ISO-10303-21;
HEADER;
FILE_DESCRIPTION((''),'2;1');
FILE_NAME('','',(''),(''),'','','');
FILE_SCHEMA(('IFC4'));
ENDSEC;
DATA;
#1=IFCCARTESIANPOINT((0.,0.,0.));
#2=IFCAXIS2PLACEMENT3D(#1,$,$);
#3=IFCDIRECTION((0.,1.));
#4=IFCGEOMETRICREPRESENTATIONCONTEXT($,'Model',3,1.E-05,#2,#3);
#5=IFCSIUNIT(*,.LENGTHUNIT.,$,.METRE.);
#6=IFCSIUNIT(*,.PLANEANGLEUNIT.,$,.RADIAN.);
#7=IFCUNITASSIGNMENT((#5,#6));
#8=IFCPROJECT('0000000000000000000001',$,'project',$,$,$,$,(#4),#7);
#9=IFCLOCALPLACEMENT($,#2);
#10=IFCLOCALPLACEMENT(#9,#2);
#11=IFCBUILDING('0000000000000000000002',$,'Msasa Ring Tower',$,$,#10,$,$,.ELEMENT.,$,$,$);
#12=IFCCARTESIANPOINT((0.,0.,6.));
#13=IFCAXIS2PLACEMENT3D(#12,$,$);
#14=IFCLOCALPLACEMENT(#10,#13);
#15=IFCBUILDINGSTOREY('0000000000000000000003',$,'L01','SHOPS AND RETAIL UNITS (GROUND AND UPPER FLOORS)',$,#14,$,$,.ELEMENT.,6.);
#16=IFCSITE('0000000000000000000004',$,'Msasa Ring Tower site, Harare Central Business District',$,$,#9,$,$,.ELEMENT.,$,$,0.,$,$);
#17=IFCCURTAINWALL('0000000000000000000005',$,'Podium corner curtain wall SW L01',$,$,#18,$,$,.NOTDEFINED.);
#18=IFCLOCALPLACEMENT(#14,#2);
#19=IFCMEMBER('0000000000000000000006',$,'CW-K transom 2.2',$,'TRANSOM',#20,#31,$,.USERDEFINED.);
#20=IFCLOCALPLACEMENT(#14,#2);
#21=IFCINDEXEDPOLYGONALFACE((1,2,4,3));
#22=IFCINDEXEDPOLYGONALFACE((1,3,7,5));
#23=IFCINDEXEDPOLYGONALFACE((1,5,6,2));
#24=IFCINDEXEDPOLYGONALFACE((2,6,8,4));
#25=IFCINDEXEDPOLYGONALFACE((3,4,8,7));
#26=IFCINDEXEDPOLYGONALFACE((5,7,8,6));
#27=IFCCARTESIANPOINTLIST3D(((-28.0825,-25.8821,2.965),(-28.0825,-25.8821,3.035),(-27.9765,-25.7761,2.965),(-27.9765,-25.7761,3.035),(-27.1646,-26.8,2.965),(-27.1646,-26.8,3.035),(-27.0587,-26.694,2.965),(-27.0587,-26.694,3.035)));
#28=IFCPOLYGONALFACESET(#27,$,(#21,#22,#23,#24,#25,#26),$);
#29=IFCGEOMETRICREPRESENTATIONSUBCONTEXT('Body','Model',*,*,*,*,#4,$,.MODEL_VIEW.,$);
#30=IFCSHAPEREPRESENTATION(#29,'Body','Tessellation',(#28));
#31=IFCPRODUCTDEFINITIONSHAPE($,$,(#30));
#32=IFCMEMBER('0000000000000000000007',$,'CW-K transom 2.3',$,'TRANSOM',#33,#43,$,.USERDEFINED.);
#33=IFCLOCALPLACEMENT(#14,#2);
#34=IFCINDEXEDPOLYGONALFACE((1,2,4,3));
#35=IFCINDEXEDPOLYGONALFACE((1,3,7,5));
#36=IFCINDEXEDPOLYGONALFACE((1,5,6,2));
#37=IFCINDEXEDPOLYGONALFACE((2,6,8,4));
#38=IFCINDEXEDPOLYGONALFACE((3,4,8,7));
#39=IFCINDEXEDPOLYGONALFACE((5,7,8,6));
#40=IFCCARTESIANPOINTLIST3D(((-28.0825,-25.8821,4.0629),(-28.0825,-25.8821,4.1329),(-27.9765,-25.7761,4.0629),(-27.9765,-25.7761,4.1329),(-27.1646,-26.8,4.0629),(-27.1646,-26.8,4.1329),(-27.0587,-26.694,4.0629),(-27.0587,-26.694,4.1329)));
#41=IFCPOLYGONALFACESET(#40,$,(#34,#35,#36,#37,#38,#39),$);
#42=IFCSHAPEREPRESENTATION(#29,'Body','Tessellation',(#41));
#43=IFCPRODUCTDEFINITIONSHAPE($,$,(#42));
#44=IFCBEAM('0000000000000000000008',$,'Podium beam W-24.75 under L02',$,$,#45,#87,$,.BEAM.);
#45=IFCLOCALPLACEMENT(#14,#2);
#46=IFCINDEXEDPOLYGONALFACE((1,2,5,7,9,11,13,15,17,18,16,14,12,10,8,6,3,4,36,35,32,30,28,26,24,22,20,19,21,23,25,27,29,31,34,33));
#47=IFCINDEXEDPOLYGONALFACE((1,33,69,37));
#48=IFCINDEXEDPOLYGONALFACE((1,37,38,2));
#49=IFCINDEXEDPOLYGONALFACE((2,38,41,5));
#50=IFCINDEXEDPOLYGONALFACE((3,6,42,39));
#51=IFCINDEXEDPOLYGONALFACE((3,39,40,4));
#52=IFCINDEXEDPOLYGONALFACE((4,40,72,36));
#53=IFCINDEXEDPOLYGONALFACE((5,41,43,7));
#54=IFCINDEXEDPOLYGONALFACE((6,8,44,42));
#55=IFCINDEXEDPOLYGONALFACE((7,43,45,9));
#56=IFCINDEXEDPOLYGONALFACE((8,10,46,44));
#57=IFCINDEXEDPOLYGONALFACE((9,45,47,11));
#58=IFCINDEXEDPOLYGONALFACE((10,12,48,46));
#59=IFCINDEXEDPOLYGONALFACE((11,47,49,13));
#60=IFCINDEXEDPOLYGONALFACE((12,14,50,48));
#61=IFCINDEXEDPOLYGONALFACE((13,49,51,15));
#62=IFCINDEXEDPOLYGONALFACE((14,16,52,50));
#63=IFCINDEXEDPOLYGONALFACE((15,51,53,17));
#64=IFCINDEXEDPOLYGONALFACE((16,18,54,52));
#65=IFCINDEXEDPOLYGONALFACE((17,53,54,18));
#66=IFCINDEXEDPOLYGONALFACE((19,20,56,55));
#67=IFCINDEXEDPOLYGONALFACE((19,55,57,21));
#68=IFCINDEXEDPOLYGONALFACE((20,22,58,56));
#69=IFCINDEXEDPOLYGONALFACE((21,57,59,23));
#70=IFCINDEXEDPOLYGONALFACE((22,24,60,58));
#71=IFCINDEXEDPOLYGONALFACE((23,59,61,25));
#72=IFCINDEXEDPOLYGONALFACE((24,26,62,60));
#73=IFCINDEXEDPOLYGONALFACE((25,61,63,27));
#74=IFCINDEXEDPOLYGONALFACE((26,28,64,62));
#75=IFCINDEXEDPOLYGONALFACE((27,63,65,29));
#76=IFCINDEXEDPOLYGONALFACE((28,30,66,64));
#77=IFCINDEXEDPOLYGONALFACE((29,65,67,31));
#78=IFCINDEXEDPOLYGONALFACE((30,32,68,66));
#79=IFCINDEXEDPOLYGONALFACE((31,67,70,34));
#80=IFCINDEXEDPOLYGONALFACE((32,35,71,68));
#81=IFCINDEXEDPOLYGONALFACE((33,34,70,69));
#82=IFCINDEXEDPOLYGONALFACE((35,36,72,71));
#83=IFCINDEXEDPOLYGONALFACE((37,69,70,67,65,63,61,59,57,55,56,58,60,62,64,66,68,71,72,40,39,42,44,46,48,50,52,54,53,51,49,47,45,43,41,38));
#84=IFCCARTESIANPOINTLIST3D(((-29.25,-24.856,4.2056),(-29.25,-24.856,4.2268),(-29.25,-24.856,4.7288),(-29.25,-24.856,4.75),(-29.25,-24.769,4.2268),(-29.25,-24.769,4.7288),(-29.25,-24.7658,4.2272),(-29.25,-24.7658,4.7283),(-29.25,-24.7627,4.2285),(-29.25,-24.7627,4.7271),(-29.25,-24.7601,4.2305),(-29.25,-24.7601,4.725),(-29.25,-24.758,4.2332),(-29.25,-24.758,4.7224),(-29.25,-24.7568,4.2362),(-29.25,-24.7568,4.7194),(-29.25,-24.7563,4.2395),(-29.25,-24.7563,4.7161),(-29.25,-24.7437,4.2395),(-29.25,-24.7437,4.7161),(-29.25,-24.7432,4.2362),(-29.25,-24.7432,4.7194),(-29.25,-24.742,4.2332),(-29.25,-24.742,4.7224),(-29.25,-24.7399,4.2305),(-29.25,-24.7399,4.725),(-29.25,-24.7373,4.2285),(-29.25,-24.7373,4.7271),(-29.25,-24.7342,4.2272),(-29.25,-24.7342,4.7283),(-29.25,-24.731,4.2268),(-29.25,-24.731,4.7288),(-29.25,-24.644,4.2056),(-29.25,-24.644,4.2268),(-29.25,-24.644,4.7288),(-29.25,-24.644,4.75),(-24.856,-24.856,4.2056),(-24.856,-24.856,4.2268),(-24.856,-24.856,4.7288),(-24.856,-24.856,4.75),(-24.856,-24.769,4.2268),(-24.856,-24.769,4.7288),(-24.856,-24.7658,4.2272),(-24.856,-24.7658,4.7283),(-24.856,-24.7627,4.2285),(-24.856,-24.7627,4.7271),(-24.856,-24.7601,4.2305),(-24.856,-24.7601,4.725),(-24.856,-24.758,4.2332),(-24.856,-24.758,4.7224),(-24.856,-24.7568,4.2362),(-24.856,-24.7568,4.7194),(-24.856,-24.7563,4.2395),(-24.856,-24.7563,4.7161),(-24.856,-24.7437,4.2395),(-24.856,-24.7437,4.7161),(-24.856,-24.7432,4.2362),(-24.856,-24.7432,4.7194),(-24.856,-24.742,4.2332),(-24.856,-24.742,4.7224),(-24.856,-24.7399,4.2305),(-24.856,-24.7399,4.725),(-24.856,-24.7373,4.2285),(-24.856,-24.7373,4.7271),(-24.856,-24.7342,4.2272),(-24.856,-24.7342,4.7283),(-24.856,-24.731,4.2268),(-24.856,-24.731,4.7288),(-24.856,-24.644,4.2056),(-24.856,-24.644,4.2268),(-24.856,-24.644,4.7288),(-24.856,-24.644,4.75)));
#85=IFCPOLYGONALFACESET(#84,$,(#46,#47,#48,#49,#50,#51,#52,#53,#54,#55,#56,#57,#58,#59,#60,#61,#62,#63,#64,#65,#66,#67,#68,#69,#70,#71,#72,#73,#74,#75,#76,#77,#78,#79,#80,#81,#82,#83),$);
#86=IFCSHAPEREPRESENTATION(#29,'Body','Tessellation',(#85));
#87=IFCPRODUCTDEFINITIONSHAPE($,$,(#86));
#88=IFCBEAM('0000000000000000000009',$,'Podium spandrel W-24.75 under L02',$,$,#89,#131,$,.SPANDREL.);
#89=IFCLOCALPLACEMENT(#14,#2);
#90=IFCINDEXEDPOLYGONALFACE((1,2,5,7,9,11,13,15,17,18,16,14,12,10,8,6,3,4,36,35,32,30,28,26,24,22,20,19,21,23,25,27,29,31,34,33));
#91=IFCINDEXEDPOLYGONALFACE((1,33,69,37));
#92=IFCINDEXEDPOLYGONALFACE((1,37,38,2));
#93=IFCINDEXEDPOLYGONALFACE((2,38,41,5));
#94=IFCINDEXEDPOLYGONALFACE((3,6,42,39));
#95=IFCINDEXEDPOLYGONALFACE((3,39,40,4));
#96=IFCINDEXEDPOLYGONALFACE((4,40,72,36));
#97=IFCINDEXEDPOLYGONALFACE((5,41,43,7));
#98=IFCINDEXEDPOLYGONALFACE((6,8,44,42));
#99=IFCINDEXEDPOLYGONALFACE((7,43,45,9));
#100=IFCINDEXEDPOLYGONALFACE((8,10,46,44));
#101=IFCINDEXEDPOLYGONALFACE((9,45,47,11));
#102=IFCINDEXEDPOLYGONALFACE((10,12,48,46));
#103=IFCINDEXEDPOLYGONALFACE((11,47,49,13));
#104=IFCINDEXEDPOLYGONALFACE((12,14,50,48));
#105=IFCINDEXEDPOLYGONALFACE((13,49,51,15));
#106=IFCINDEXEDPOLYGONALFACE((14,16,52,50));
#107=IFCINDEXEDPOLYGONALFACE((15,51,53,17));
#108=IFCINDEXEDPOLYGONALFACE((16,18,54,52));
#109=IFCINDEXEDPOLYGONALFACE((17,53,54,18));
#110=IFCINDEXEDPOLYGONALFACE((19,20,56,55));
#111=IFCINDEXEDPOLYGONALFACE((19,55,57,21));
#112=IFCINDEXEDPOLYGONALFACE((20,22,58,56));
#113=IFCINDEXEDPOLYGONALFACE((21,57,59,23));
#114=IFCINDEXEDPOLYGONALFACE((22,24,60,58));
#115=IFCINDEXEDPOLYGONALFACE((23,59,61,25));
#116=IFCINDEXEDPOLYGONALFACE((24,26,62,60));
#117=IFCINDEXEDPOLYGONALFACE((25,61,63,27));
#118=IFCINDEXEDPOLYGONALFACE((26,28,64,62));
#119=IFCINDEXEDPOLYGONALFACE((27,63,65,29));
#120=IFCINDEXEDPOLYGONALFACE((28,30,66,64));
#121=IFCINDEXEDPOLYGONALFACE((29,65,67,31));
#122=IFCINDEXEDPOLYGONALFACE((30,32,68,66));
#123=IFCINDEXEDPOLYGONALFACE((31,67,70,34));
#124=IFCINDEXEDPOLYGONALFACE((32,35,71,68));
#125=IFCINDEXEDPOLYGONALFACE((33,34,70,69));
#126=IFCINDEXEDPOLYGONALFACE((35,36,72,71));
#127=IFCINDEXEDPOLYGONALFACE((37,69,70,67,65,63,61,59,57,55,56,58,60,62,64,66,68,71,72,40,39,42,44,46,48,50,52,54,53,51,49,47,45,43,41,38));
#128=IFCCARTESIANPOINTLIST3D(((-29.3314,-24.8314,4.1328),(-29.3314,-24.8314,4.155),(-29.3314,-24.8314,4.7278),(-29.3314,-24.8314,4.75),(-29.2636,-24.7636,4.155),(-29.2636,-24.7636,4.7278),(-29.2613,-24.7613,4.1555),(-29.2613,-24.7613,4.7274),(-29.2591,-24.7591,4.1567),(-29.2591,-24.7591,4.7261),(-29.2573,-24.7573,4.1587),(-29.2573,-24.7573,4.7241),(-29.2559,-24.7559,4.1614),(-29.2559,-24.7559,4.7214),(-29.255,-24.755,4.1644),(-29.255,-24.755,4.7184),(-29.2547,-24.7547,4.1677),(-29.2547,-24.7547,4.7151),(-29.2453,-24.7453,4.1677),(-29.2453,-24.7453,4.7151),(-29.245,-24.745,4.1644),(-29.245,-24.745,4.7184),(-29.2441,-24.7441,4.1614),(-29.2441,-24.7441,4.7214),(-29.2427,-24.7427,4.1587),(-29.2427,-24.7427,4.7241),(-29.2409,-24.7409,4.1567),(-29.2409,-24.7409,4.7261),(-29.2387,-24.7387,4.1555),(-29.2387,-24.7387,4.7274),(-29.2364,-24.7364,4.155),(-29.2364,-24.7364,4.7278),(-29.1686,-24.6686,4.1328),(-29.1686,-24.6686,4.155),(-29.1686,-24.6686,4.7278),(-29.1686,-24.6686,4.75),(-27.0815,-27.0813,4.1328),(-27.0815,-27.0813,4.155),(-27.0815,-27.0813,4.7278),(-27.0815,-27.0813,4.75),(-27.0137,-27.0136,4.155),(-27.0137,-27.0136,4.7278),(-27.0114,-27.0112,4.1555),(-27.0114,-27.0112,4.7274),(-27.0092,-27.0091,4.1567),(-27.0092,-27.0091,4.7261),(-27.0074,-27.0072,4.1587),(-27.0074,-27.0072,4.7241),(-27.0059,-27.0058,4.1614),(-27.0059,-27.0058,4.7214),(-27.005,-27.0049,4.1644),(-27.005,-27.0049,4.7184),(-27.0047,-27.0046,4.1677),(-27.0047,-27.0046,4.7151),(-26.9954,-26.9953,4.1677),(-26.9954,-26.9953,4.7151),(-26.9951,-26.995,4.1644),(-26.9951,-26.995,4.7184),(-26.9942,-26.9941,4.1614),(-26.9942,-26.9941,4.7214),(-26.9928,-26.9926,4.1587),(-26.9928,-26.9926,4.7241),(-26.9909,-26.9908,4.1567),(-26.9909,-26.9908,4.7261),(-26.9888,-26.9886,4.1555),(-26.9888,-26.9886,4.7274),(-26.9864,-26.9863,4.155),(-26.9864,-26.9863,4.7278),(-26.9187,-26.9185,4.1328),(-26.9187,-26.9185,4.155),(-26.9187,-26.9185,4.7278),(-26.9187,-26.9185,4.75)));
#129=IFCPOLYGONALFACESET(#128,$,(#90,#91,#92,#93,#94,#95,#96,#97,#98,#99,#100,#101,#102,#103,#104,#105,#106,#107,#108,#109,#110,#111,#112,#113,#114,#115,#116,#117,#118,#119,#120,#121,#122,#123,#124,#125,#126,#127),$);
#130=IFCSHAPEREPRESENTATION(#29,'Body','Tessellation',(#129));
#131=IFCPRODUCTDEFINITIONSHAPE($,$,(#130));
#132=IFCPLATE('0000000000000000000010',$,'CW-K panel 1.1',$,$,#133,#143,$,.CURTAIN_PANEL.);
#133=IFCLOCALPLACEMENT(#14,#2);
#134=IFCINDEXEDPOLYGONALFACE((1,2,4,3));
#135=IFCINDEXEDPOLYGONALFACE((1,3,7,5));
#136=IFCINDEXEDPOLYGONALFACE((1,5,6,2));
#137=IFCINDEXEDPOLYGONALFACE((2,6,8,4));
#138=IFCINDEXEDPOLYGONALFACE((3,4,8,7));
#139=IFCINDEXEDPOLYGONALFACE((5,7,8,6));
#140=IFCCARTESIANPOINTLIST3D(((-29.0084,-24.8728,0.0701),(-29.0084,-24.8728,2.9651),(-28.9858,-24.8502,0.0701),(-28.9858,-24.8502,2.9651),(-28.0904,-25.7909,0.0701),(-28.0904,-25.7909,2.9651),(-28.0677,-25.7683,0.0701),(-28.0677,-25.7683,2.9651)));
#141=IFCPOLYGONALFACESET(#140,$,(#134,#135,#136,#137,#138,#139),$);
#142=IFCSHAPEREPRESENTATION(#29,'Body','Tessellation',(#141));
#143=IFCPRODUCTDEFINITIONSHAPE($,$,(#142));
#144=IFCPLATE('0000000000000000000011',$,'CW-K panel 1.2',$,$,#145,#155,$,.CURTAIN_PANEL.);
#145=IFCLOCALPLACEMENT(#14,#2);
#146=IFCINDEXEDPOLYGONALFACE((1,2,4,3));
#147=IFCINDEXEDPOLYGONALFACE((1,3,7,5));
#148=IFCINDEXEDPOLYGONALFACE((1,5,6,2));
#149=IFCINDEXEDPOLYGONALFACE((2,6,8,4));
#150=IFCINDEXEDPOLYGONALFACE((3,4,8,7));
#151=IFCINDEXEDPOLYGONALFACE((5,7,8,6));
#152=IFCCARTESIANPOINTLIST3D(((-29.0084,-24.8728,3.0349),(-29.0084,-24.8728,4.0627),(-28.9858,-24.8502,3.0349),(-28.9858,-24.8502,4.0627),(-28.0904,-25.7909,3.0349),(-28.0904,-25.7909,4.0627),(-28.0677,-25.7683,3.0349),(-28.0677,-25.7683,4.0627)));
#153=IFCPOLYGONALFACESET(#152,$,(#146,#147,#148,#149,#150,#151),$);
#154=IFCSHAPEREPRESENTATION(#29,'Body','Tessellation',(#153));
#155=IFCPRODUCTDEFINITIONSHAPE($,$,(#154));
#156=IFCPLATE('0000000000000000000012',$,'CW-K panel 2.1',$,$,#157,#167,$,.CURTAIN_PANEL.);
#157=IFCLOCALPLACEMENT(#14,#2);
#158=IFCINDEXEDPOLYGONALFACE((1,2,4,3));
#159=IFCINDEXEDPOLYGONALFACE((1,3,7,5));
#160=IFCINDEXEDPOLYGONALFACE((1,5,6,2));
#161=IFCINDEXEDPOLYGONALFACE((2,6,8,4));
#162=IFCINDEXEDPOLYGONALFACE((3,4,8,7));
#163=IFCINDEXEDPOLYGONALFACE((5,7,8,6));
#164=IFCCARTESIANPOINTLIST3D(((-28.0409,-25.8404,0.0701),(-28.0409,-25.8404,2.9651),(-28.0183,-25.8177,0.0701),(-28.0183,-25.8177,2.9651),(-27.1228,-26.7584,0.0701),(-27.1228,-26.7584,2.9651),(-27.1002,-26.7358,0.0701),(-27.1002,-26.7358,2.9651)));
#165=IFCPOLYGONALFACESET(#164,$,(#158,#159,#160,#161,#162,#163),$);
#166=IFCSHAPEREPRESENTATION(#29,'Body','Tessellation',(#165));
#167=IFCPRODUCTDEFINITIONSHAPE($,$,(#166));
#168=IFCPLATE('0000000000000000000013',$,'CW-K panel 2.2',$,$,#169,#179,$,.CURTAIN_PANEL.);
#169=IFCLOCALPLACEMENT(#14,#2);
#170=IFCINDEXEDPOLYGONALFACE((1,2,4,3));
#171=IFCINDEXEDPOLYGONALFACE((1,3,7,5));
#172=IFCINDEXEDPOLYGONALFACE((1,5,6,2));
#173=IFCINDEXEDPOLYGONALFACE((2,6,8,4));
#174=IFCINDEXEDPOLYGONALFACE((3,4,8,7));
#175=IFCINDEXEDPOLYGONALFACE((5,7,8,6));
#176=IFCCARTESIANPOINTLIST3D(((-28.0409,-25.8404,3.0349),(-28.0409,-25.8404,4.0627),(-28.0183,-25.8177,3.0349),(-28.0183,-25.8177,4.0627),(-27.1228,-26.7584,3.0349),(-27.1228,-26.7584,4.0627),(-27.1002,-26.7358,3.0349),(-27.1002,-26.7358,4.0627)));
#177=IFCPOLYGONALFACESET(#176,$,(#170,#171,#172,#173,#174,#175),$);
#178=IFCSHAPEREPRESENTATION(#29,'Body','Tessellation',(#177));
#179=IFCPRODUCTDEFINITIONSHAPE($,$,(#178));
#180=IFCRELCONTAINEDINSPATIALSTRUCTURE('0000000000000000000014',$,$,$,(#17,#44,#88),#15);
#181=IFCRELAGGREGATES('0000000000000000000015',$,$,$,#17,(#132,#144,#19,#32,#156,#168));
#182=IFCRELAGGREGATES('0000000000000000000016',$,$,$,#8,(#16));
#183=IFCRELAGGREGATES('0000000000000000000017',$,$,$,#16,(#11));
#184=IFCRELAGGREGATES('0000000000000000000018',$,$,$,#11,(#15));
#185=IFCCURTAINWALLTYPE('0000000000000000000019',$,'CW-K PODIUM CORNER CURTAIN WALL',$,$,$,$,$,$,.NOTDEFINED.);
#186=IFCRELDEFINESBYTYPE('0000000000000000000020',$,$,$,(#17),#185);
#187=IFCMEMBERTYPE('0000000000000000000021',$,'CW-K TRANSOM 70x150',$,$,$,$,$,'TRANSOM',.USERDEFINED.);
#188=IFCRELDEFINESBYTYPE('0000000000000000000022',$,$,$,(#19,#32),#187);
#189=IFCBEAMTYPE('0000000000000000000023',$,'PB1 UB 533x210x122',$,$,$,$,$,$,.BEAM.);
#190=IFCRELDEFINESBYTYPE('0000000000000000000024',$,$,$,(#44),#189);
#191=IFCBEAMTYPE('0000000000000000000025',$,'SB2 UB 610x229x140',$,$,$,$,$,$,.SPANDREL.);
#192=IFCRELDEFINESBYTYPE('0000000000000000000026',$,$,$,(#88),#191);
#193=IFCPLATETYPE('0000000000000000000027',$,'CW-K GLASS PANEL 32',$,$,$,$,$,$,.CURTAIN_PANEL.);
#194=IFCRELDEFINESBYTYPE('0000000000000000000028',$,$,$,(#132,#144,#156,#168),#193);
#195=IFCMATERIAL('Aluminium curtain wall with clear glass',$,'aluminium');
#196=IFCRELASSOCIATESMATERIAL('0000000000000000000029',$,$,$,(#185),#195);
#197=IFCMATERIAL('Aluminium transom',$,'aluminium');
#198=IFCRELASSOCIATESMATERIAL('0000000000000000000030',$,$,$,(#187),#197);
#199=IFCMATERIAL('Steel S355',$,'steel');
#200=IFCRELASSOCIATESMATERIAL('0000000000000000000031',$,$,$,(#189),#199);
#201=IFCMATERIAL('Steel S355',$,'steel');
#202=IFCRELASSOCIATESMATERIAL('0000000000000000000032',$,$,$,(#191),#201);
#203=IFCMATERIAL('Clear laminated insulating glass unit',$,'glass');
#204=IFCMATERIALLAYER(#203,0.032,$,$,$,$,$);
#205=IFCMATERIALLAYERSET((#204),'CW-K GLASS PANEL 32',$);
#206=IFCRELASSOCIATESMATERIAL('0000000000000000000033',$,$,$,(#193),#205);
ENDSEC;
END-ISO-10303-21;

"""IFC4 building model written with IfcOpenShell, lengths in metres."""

from ifc_helpers import new_model, si_unit, direction, frame, origin, origin_2d, place, context, subcontext, project, spatial, rectangle, i_section, extrude, material, layer, layer_set, material_profile, profile_set, type_object, element, aggregate, save


model = new_model("IFC4")

# Units and contexts
model_context = context("Model", 3, precision=1e-05, world=origin(), true_north=direction((0.0, 1.0)))
body_context = subcontext(model_context, "Body", "Model", "MODEL_VIEW")
ifc_project = project(units=[si_unit("LENGTHUNIT", "METRE"), si_unit("PLANEANGLEUNIT", "RADIAN")], contexts=[model_context])

# Site, building, storey
site_placement = place(None, origin())
site = spatial("IfcSite", under=ifc_project, at=site_placement, Name="Msasa Ring Tower site, Harare Central Business District", CompositionType="ELEMENT", RefElevation=0.0)
building_placement = place(site_placement, origin())
building = spatial("IfcBuilding", under=site, at=building_placement, Name="Msasa Ring Tower", CompositionType="ELEMENT")
storey_placement = place(building_placement, frame((0.0, 0.0, 6.0)))
storey = spatial("IfcBuildingStorey", under=building, at=storey_placement, Name="L01", Description="SHOPS AND RETAIL UNITS (GROUND AND UPPER FLOORS)", CompositionType="ELEMENT", Elevation=6.0)

# Curtain wall, members
ifc_material_1 = material(Name="Aluminium curtain wall with clear glass", Category="aluminium")
curtain_wall_type = type_object("IfcCurtainWallType", Name="CW-K PODIUM CORNER CURTAIN WALL", PredefinedType="NOTDEFINED", material=ifc_material_1)
curtain_wall_placement = place(storey_placement, origin())
curtain_wall = element("IfcCurtainWall", 1, at=curtain_wall_placement, inside=storey, type_object=curtain_wall_type, Name="Podium corner curtain wall SW L01", PredefinedType="NOTDEFINED")
ifc_material_2 = material(Name="Aluminium transom", Category="aluminium")
ifc_material_profile_1 = material_profile(ifc_material_2, rectangle(XDim=0.1499, YDim=0.0701, at=origin_2d()), Name="AL 70x150")
ifc_profile_set_1 = profile_set([ifc_material_profile_1], Name="Aluminium transom")
member_type_1 = type_object("IfcMemberType", Name="CW-K TRANSOM 70x150", ElementType="TRANSOM", PredefinedType="USERDEFINED", material=ifc_profile_set_1)
member_1_placement = place(storey_placement, frame((-28.0295, -25.8291, 3.0), z_axis=(0.707107, -0.707107, 0.0), x_axis=(0.707107, 0.707107, 0.0)))
member_1 = element("IfcMember", 2, at=member_1_placement, type_object=member_type_1, Name="CW-K transom 2.2", ObjectType="TRANSOM", PredefinedType="USERDEFINED", context=body_context, shape_type="SweptSolid", body=[
    extrude(rectangle(XDim=0.1499, YDim=0.0701, at=origin_2d()), origin(), (0.0, 0.0, 1.0), 1.2981),
])
member_2_placement = place(storey_placement, frame((-28.0295, -25.8291, 4.0979), z_axis=(0.707107, -0.707107, 0.0), x_axis=(0.707107, 0.707107, 0.0)))
member_2 = element("IfcMember", 3, at=member_2_placement, type_object=member_type_1, Name="CW-K transom 2.3", ObjectType="TRANSOM", PredefinedType="USERDEFINED", context=body_context, shape_type="SweptSolid", body=[
    extrude(rectangle(XDim=0.1499, YDim=0.0701, at=origin_2d()), origin(), (0.0, 0.0, 1.0), 1.2981),
])

# Beams
ifc_material_3 = material(Name="Steel S355", Category="steel")
ifc_material_profile_2 = material_profile(ifc_material_3, i_section(OverallWidth=0.2119, OverallDepth=0.5444, WebThickness=0.0127, FlangeThickness=0.0212, FilletRadius=0.0127, at=origin_2d()), Name="UB 533x210x122")
ifc_profile_set_2 = profile_set([ifc_material_profile_2], Name="Steel S355")
beam_type_1 = type_object("IfcBeamType", Name="PB1 UB 533x210x122", PredefinedType="BEAM", material=ifc_profile_set_2)
beam_1_placement = place(storey_placement, frame((-29.25, -24.75, 4.4778), z_axis=(1.0, 0.0, 0.0), x_axis=(0.0, 1.0, 0.0)))
element("IfcBeam", 4, at=beam_1_placement, inside=storey, type_object=beam_type_1, Name="Podium beam W-24.75 under L02", PredefinedType="BEAM", context=body_context, shape_type="SweptSolid", body=[
    extrude(i_section(OverallWidth=0.2119, OverallDepth=0.5444, WebThickness=0.0127, FlangeThickness=0.0212, FilletRadius=0.0127, at=origin_2d()), origin(), (0.0, 0.0, 1.0), 4.394),
])
ifc_material_4 = material(Name="Steel S355", Category="steel")
ifc_material_profile_3 = material_profile(ifc_material_4, i_section(OverallWidth=0.2302, OverallDepth=0.6172, WebThickness=0.0132, FlangeThickness=0.0222, FilletRadius=0.0127, at=origin_2d()), Name="UB 610x229x140")
ifc_profile_set_3 = profile_set([ifc_material_profile_3], Name="Steel S355")
beam_type_2 = type_object("IfcBeamType", Name="SB2 UB 610x229x140", PredefinedType="SPANDREL", material=ifc_profile_set_3)
beam_2_placement = place(storey_placement, frame((-29.25, -24.75, 4.4414), z_axis=(0.707107, -0.707107, 0.0), x_axis=(0.707107, 0.707107, 0.0)))
element("IfcBeam", 5, at=beam_2_placement, inside=storey, type_object=beam_type_2, Name="Podium spandrel W-24.75 under L02", PredefinedType="SPANDREL", context=body_context, shape_type="SweptSolid", body=[
    extrude(i_section(OverallWidth=0.2302, OverallDepth=0.6172, WebThickness=0.0132, FlangeThickness=0.0222, FilletRadius=0.0127, at=origin_2d()), origin(), (0.0, 0.0, 1.0), 3.1819),
])

# Plates
ifc_material_5 = material(Name="Clear laminated insulating glass unit", Category="glass")
ifc_layer_1 = layer(ifc_material_5, 0.032)
ifc_layer_set_1 = layer_set([ifc_layer_1], Name="CW-K GLASS PANEL 32")
plate_type = type_object("IfcPlateType", Name="CW-K GLASS PANEL 32", PredefinedType="CURTAIN_PANEL", material=ifc_layer_set_1)
plate_1_placement = place(storey_placement, frame((-28.5381, -25.3206, 0.0701), z_axis=(0.0, 0.0, 1.0), x_axis=(0.707107, -0.707107, 0.0)))
plate_1 = element("IfcPlate", 6, at=plate_1_placement, type_object=plate_type, Name="CW-K panel 1.1", PredefinedType="CURTAIN_PANEL", context=body_context, shape_type="SweptSolid", body=[
    extrude(rectangle(XDim=1.2983, YDim=0.032, at=origin_2d()), origin(), (0.0, 0.0, 1.0), 2.895),
])
plate_2_placement = place(storey_placement, frame((-28.5381, -25.3206, 3.0349), z_axis=(0.0, 0.0, 1.0), x_axis=(0.707107, -0.707107, 0.0)))
plate_2 = element("IfcPlate", 7, at=plate_2_placement, type_object=plate_type, Name="CW-K panel 1.2", PredefinedType="CURTAIN_PANEL", context=body_context, shape_type="SweptSolid", body=[
    extrude(rectangle(XDim=1.2983, YDim=0.032, at=origin_2d()), origin(), (0.0, 0.0, 1.0), 1.0278),
])
plate_3_placement = place(storey_placement, frame((-27.5706, -26.2881, 0.0701), z_axis=(0.0, 0.0, 1.0), x_axis=(0.707107, -0.707107, 0.0)))
plate_3 = element("IfcPlate", 8, at=plate_3_placement, type_object=plate_type, Name="CW-K panel 2.1", PredefinedType="CURTAIN_PANEL", context=body_context, shape_type="SweptSolid", body=[
    extrude(rectangle(XDim=1.2983, YDim=0.032, at=origin_2d()), origin(), (0.0, 0.0, 1.0), 2.895),
])
plate_4_placement = place(storey_placement, frame((-27.5706, -26.2881, 3.0349), z_axis=(0.0, 0.0, 1.0), x_axis=(0.707107, -0.707107, 0.0)))
plate_4 = element("IfcPlate", 9, at=plate_4_placement, type_object=plate_type, Name="CW-K panel 2.2", PredefinedType="CURTAIN_PANEL", context=body_context, shape_type="SweptSolid", body=[
    extrude(rectangle(XDim=1.2983, YDim=0.032, at=origin_2d()), origin(), (0.0, 0.0, 1.0), 1.0278),
])
aggregate(curtain_wall, [plate_1, plate_2, member_1, member_2, plate_3, plate_4])

save(model, "model.ifc")
